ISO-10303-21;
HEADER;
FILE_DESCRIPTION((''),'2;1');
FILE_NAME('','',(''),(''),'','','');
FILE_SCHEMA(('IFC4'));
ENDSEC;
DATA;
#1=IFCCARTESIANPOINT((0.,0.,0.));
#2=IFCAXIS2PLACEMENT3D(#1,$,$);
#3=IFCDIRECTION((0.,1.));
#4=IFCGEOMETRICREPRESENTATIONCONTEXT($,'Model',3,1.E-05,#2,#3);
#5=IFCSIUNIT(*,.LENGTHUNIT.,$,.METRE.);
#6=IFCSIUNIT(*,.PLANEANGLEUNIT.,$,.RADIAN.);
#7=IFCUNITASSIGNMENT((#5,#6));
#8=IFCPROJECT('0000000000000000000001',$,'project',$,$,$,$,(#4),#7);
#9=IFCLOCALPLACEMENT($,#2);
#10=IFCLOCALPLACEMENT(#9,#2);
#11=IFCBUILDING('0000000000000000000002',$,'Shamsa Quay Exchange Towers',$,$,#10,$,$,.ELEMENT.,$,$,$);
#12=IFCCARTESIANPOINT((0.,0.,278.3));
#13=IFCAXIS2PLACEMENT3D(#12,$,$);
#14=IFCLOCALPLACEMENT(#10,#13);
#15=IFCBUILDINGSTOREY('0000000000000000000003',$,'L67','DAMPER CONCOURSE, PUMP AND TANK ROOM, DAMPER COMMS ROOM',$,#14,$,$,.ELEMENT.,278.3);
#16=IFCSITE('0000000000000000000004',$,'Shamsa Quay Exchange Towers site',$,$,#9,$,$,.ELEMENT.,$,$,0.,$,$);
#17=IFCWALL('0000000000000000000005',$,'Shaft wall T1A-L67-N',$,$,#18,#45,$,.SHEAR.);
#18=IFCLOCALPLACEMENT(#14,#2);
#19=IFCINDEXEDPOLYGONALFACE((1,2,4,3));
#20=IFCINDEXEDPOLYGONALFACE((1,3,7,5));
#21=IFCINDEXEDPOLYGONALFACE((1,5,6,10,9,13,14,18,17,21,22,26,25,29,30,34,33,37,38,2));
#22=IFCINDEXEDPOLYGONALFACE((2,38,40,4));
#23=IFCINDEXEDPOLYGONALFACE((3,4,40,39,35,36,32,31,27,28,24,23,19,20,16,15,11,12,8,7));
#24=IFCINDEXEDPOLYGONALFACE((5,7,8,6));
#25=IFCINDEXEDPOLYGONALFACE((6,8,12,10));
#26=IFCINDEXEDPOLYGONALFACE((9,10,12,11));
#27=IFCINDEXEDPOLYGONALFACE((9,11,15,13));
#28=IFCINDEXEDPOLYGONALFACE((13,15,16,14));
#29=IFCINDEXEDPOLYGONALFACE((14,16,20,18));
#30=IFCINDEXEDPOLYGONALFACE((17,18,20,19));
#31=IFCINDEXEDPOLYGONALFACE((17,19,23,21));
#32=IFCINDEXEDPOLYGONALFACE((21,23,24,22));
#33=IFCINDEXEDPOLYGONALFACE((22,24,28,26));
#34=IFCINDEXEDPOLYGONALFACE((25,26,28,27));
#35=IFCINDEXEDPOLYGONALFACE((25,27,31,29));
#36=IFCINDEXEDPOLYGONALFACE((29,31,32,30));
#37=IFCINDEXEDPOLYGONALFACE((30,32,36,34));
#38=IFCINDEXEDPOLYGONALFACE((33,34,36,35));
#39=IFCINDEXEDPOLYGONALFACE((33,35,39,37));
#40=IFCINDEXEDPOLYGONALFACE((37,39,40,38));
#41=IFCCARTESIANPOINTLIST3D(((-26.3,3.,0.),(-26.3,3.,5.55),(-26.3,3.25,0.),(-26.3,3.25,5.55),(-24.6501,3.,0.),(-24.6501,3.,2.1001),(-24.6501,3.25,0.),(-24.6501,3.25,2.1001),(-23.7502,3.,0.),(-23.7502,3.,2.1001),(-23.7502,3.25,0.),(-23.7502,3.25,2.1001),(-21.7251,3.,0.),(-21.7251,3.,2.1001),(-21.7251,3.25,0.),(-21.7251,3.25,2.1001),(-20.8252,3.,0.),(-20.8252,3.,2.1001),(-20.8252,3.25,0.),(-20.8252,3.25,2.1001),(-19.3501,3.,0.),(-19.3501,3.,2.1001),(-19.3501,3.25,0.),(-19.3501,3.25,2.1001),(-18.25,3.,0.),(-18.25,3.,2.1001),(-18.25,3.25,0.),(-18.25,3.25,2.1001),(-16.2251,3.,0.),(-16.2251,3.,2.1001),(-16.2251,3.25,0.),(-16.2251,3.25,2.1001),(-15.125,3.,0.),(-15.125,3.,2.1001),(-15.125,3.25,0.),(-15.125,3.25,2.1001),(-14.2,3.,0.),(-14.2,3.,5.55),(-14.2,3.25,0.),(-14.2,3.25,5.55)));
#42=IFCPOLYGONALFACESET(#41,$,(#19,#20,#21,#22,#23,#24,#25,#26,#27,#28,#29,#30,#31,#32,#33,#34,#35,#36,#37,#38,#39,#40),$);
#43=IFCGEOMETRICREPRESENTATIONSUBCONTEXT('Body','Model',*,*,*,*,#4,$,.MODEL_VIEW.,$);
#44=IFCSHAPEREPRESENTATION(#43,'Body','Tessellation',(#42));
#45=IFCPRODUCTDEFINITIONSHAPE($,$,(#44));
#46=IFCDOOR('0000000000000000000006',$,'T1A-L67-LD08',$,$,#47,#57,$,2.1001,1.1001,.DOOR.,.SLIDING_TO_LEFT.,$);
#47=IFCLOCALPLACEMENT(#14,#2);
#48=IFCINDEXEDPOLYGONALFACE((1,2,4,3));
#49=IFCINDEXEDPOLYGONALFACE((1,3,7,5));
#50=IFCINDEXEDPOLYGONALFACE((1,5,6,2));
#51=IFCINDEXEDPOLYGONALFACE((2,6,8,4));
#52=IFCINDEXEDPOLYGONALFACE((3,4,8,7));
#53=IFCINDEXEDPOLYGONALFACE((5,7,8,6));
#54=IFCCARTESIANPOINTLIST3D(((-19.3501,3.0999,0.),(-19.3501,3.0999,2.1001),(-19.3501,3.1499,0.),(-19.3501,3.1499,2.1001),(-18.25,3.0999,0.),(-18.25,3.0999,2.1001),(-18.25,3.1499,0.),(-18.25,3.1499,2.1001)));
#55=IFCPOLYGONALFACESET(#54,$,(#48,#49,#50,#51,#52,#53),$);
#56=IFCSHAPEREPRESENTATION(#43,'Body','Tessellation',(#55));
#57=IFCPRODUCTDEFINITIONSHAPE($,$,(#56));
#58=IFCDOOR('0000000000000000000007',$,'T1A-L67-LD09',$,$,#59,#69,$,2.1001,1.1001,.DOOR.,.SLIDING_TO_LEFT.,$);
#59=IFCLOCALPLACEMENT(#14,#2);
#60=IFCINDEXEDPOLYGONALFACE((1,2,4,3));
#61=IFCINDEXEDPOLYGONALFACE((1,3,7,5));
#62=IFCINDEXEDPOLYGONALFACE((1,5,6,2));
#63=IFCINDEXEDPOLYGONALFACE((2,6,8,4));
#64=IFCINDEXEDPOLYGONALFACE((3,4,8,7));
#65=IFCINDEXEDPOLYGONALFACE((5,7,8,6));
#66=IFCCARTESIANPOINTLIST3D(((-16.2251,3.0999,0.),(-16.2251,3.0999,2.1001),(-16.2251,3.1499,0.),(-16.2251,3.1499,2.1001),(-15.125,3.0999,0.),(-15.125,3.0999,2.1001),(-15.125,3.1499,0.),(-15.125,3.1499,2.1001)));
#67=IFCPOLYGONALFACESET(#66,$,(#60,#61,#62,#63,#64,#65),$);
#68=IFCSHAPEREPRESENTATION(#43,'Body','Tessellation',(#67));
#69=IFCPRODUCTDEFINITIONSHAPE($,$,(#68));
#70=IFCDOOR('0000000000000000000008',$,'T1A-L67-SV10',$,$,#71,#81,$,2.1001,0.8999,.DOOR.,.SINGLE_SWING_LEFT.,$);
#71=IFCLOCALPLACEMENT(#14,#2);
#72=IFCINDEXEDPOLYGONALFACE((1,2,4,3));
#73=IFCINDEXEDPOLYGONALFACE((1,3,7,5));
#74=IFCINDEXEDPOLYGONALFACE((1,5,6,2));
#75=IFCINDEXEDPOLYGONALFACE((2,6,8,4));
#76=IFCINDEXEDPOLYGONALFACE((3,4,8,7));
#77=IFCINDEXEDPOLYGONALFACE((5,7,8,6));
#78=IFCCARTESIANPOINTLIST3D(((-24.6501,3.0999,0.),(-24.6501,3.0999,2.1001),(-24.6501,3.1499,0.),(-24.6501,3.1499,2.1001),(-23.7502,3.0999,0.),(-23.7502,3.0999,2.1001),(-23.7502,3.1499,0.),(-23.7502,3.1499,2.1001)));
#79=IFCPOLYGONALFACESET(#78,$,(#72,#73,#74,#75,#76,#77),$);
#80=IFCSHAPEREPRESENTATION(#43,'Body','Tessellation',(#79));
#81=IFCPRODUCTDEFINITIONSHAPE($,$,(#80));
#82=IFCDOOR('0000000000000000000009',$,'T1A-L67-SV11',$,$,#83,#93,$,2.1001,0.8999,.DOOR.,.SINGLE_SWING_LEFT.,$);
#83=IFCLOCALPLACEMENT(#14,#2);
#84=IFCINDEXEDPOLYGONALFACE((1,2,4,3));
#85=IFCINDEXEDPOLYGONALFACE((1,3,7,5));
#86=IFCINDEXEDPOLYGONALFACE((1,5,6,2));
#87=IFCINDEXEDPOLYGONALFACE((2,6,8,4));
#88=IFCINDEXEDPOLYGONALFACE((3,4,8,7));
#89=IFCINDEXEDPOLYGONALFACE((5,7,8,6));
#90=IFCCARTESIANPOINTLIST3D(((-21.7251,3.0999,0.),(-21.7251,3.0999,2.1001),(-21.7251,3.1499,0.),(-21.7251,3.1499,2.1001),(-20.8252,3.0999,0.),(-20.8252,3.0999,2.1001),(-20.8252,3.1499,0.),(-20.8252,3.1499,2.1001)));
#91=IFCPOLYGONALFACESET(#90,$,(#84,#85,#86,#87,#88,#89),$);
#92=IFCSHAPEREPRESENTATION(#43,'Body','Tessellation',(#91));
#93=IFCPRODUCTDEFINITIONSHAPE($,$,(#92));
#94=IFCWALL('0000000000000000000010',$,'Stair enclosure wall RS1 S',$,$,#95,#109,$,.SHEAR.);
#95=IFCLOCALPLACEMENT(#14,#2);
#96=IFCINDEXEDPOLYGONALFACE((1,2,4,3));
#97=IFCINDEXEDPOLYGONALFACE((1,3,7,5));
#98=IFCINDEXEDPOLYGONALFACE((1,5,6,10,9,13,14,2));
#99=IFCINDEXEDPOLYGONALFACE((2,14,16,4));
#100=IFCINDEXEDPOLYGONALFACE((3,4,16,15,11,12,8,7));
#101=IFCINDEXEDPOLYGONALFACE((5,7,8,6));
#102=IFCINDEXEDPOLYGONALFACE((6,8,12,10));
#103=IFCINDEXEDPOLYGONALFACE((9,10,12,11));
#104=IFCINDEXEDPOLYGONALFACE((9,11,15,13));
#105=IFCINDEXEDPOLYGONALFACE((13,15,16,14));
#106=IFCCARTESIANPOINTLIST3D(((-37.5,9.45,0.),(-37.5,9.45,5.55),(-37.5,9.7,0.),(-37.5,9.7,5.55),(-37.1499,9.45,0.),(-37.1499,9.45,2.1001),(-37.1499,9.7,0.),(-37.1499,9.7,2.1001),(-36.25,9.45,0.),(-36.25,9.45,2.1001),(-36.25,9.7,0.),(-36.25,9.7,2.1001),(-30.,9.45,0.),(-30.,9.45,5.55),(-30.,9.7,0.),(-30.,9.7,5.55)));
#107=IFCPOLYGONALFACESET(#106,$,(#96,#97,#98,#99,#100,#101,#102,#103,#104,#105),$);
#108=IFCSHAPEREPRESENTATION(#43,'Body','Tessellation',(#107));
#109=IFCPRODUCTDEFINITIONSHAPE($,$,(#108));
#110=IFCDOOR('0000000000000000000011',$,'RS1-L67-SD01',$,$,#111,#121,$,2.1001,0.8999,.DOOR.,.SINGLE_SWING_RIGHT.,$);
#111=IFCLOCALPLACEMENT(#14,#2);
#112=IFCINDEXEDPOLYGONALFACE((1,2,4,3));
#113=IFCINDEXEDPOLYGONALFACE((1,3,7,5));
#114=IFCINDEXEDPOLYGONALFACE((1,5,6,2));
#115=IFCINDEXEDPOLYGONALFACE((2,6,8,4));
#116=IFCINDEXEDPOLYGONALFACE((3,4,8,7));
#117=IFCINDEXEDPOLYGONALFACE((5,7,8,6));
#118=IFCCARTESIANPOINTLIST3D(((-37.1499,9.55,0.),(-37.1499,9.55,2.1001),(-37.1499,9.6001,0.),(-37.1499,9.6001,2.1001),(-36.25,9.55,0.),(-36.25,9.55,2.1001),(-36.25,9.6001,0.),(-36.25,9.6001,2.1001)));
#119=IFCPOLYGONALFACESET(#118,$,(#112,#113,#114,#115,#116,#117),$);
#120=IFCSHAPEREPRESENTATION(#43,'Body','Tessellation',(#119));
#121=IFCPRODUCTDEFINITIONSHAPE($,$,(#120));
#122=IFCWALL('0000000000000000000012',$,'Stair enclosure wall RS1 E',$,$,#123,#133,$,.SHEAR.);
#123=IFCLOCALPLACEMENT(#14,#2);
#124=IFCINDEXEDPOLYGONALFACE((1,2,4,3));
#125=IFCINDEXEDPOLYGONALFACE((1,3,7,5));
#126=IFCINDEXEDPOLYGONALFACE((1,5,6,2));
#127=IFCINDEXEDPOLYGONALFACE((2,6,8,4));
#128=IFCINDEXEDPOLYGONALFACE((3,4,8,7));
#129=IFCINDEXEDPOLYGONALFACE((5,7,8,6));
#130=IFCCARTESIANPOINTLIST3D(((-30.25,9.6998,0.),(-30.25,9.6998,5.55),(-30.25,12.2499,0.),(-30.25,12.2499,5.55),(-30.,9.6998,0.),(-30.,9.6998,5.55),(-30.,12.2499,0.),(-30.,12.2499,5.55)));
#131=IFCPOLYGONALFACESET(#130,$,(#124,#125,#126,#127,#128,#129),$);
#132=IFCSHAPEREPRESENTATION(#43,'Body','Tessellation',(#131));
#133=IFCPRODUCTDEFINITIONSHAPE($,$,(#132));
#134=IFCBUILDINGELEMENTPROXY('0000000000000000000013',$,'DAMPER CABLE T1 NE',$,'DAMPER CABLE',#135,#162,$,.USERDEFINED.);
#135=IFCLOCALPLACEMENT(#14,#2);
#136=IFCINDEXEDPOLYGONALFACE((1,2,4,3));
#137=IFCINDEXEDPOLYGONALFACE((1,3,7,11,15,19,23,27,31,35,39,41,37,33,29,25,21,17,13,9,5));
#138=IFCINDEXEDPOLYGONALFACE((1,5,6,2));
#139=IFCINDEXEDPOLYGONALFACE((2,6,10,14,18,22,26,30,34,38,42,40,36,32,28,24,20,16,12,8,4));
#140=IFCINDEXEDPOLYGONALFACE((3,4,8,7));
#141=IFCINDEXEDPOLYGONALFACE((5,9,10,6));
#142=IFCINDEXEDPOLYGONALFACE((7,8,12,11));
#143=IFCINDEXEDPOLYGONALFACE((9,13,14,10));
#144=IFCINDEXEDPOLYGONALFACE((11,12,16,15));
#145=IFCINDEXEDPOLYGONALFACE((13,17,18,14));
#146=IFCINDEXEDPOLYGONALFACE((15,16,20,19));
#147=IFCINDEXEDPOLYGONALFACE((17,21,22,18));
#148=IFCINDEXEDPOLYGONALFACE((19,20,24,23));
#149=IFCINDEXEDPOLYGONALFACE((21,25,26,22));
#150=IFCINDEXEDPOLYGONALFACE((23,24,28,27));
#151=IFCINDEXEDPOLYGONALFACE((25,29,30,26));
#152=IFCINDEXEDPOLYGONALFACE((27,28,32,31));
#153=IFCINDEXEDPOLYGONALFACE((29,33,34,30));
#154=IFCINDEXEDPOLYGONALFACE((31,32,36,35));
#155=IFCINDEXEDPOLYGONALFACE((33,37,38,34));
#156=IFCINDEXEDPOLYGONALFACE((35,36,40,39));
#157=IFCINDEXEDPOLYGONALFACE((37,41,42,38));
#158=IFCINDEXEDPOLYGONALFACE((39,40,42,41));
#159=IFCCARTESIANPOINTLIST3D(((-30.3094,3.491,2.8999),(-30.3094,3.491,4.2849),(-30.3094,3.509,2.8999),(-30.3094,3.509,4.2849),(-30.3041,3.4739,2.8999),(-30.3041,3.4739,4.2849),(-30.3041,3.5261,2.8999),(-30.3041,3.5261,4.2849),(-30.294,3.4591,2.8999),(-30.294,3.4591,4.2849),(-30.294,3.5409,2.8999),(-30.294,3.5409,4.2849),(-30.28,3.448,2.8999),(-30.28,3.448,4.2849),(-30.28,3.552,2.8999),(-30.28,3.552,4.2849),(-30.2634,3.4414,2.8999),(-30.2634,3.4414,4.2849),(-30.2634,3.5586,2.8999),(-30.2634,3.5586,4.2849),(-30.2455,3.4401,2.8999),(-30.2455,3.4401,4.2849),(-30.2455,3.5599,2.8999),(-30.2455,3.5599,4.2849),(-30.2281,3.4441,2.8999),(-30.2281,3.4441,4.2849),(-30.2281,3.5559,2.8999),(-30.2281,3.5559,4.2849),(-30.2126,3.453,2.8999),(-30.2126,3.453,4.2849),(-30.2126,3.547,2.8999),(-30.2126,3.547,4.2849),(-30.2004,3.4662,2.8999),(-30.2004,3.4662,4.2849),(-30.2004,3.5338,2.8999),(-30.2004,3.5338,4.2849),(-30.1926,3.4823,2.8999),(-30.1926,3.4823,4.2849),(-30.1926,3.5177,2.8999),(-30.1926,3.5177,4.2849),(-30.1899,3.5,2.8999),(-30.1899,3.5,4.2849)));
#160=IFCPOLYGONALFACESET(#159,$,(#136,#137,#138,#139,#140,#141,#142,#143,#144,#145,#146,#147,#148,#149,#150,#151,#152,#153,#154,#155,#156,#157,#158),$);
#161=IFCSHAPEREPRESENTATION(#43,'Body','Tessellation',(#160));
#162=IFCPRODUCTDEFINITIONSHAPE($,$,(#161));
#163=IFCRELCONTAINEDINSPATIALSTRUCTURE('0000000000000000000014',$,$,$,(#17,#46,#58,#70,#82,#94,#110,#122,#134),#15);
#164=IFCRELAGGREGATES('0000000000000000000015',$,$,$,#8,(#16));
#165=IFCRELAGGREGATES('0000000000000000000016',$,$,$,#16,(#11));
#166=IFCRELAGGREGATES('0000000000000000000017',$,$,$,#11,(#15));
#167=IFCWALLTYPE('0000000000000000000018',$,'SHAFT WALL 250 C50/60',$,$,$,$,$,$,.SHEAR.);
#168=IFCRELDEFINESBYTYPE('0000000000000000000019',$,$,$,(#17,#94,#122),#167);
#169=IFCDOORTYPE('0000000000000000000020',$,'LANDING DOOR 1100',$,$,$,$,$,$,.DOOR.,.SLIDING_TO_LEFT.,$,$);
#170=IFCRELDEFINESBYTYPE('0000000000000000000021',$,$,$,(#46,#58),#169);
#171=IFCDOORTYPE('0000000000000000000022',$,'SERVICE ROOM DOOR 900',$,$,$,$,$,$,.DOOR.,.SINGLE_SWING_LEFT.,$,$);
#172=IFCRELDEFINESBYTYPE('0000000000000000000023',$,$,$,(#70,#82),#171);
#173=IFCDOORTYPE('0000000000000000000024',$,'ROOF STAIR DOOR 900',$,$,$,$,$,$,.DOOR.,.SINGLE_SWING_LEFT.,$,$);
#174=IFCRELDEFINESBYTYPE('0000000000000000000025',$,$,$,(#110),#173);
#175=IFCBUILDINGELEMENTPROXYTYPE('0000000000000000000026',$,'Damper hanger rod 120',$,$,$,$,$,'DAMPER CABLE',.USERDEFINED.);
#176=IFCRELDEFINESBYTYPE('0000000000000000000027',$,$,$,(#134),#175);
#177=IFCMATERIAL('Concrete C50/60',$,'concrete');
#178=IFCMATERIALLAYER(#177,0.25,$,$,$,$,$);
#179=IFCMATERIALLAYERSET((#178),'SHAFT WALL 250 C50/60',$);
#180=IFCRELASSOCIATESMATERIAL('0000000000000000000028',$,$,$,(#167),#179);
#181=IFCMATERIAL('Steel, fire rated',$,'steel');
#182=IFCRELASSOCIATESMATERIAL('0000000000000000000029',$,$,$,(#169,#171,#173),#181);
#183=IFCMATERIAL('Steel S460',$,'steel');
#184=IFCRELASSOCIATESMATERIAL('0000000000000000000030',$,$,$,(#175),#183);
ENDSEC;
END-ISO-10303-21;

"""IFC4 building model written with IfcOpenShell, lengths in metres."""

from ifc_helpers import new_model, si_unit, direction, frame, frame_2d, origin, origin_2d, place, context, subcontext, project, spatial, rectangle, circle, extrude, material, layer, layer_set, material_profile, profile_set, type_object, element, fill, save


model = new_model("IFC4")

# Units and contexts
model_context = context("Model", 3, precision=1e-05, world=origin(), true_north=direction((0.0, 1.0)))
body_context = subcontext(model_context, "Body", "Model", "MODEL_VIEW")
ifc_project = project(units=[si_unit("LENGTHUNIT", "METRE"), si_unit("PLANEANGLEUNIT", "RADIAN")], contexts=[model_context])

# Site, building, storey
site_placement = place(None, origin())
site = spatial("IfcSite", under=ifc_project, at=site_placement, Name="Shamsa Quay Exchange Towers site", CompositionType="ELEMENT", RefElevation=0.0)
building_placement = place(site_placement, origin())
building = spatial("IfcBuilding", under=site, at=building_placement, Name="Shamsa Quay Exchange Towers", CompositionType="ELEMENT")
storey_placement = place(building_placement, frame((0.0, 0.0, 278.3)))
storey = spatial("IfcBuildingStorey", under=building, at=storey_placement, Name="L67", Description="DAMPER CONCOURSE, PUMP AND TANK ROOM, DAMPER COMMS ROOM", CompositionType="ELEMENT", Elevation=278.3)

# Shared definitions
ifc_material_1 = material(Name="Steel, fire rated", Category="steel")

# Wall, openings, doors
ifc_material_2 = material(Name="Concrete C50/60", Category="concrete")
ifc_layer_1 = layer(ifc_material_2, 0.25)
ifc_layer_set_1 = layer_set([ifc_layer_1], Name="SHAFT WALL 250 C50/60")
wall_type_1 = type_object("IfcWallType", Name="SHAFT WALL 250 C50/60", PredefinedType="SHEAR", material=ifc_layer_set_1)
wall_1_placement = place(storey_placement, frame((-26.3, 3.125, 0.0)))
wall_1 = element("IfcWall", 1, at=wall_1_placement, inside=storey, type_object=wall_type_1, Name="Shaft wall T1A-L67-N", PredefinedType="SHEAR", context=body_context, shape_type="SweptSolid", body=[
    extrude(rectangle(XDim=12.1001, YDim=0.25, at=frame_2d((6.05, 0.0))), origin(), (0.0, 0.0, 1.0), 5.55),
])
opening_1_placement = place(wall_1_placement, frame((6.95, 0.0, 0.0)))
opening_1 = element("IfcOpeningElement", 2, at=opening_1_placement, cuts=wall_1, PredefinedType="OPENING", context=body_context, shape_type="SweptSolid", body=[
    extrude(rectangle(XDim=1.1001, YDim=2.1001, at=frame_2d((0.55, 1.05))), frame((0.0, 0.135, 0.0), z_axis=(0.0, -1.0, 0.0), x_axis=(1.0, 0.0, 0.0)), (0.0, 0.0, 1.0), 0.27),
])
opening_2_placement = place(wall_1_placement, frame((10.075, 0.0, 0.0)))
opening_2 = element("IfcOpeningElement", 3, at=opening_2_placement, cuts=wall_1, PredefinedType="OPENING", context=body_context, shape_type="SweptSolid", body=[
    extrude(rectangle(XDim=1.1001, YDim=2.1001, at=frame_2d((0.55, 1.05))), frame((0.0, 0.135, 0.0), z_axis=(0.0, -1.0, 0.0), x_axis=(1.0, 0.0, 0.0)), (0.0, 0.0, 1.0), 0.27),
])
opening_3_placement = place(wall_1_placement, frame((1.6499, 0.0, 0.0)))
opening_3 = element("IfcOpeningElement", 4, at=opening_3_placement, cuts=wall_1, PredefinedType="OPENING", context=body_context, shape_type="SweptSolid", body=[
    extrude(rectangle(XDim=0.8999, YDim=2.1001, at=frame_2d((0.45, 1.05))), frame((0.0, 0.135, 0.0), z_axis=(0.0, -1.0, 0.0), x_axis=(1.0, 0.0, 0.0)), (0.0, 0.0, 1.0), 0.27),
])
opening_4_placement = place(wall_1_placement, frame((4.575, 0.0, 0.0)))
opening_4 = element("IfcOpeningElement", 5, at=opening_4_placement, cuts=wall_1, PredefinedType="OPENING", context=body_context, shape_type="SweptSolid", body=[
    extrude(rectangle(XDim=0.8999, YDim=2.1001, at=frame_2d((0.45, 1.05))), frame((0.0, 0.135, 0.0), z_axis=(0.0, -1.0, 0.0), x_axis=(1.0, 0.0, 0.0)), (0.0, 0.0, 1.0), 0.27),
])
door_type_1 = type_object("IfcDoorType", Name="LANDING DOOR 1100", OperationType="SLIDING_TO_LEFT", PredefinedType="DOOR", material=ifc_material_1)
door_1_placement = place(opening_1_placement, origin())
door_1 = element("IfcDoor", 6, at=door_1_placement, inside=storey, type_object=door_type_1, Name="T1A-L67-LD08", OperationType="SLIDING_TO_LEFT", OverallHeight=2.1001, OverallWidth=1.1001, PredefinedType="DOOR", context=body_context, shape_type="SweptSolid", body=[
    extrude(rectangle(XDim=1.1001, YDim=2.1001, at=frame_2d((0.55, 1.05))), frame((0.0, 0.0249, 0.0), z_axis=(0.0, -1.0, 0.0), x_axis=(1.0, 0.0, 0.0)), (0.0, 0.0, 1.0), 0.05),
])
fill(opening_1, door_1)
door_2_placement = place(opening_2_placement, origin())
door_2 = element("IfcDoor", 7, at=door_2_placement, inside=storey, type_object=door_type_1, Name="T1A-L67-LD09", OperationType="SLIDING_TO_LEFT", OverallHeight=2.1001, OverallWidth=1.1001, PredefinedType="DOOR", context=body_context, shape_type="SweptSolid", body=[
    extrude(rectangle(XDim=1.1001, YDim=2.1001, at=frame_2d((0.55, 1.05))), frame((0.0, 0.0249, 0.0), z_axis=(0.0, -1.0, 0.0), x_axis=(1.0, 0.0, 0.0)), (0.0, 0.0, 1.0), 0.05),
])
fill(opening_2, door_2)
door_type_2 = type_object("IfcDoorType", Name="SERVICE ROOM DOOR 900", OperationType="SINGLE_SWING_LEFT", PredefinedType="DOOR", material=ifc_material_1)
door_3_placement = place(opening_3_placement, origin())
door_3 = element("IfcDoor", 8, at=door_3_placement, inside=storey, type_object=door_type_2, Name="T1A-L67-SV10", OperationType="SINGLE_SWING_LEFT", OverallHeight=2.1001, OverallWidth=0.8999, PredefinedType="DOOR", context=body_context, shape_type="SweptSolid", body=[
    extrude(rectangle(XDim=0.8999, YDim=2.1001, at=frame_2d((0.45, 1.05))), frame((0.0, 0.0249, 0.0), z_axis=(0.0, -1.0, 0.0), x_axis=(1.0, 0.0, 0.0)), (0.0, 0.0, 1.0), 0.05),
])
fill(opening_3, door_3)
door_4_placement = place(opening_4_placement, origin())
door_4 = element("IfcDoor", 9, at=door_4_placement, inside=storey, type_object=door_type_2, Name="T1A-L67-SV11", OperationType="SINGLE_SWING_LEFT", OverallHeight=2.1001, OverallWidth=0.8999, PredefinedType="DOOR", context=body_context, shape_type="SweptSolid", body=[
    extrude(rectangle(XDim=0.8999, YDim=2.1001, at=frame_2d((0.45, 1.05))), frame((0.0, 0.0249, 0.0), z_axis=(0.0, -1.0, 0.0), x_axis=(1.0, 0.0, 0.0)), (0.0, 0.0, 1.0), 0.05),
])
fill(opening_4, door_4)

# Wall, opening, door
wall_2_placement = place(storey_placement, frame((-30.0, 9.575, 0.0), z_axis=(0.0, 0.0, 1.0), x_axis=(-1.0, 0.0, 0.0)))
wall_2 = element("IfcWall", 10, at=wall_2_placement, inside=storey, type_object=wall_type_1, Name="Stair enclosure wall RS1 S", PredefinedType="SHEAR", context=body_context, shape_type="SweptSolid", body=[
    extrude(rectangle(XDim=7.5, YDim=0.25, at=frame_2d((3.75, 0.0))), origin(), (0.0, 0.0, 1.0), 5.55),
])
opening_5_placement = place(wall_2_placement, frame((6.25, 0.0, 0.0)))
opening_5 = element("IfcOpeningElement", 11, at=opening_5_placement, cuts=wall_2, PredefinedType="OPENING", context=body_context, shape_type="SweptSolid", body=[
    extrude(rectangle(XDim=0.8999, YDim=2.1001, at=frame_2d((0.45, 1.05))), frame((0.0, 0.135, 0.0), z_axis=(0.0, -1.0, 0.0), x_axis=(1.0, 0.0, 0.0)), (0.0, 0.0, 1.0), 0.27),
])
door_type_3 = type_object("IfcDoorType", Name="ROOF STAIR DOOR 900", OperationType="SINGLE_SWING_LEFT", PredefinedType="DOOR", material=ifc_material_1)
door_5_placement = place(opening_5_placement, origin())
door_5 = element("IfcDoor", 12, at=door_5_placement, inside=storey, type_object=door_type_3, Name="RS1-L67-SD01", OperationType="SINGLE_SWING_RIGHT", OverallHeight=2.1001, OverallWidth=0.8999, PredefinedType="DOOR", context=body_context, shape_type="SweptSolid", body=[
    extrude(rectangle(XDim=0.8999, YDim=2.1001, at=frame_2d((0.45, 1.05))), frame((0.0, 0.0249, 0.0), z_axis=(0.0, -1.0, 0.0), x_axis=(1.0, 0.0, 0.0)), (0.0, 0.0, 1.0), 0.05),
])
fill(opening_5, door_5)

# Wall
wall_3_placement = place(storey_placement, frame((-30.125, 9.7, 0.0), z_axis=(0.0, 0.0, 1.0), x_axis=(0.0, 1.0, 0.0)))
element("IfcWall", 13, at=wall_3_placement, inside=storey, type_object=wall_type_1, Name="Stair enclosure wall RS1 E", PredefinedType="SHEAR", context=body_context, shape_type="SweptSolid", body=[
    extrude(rectangle(XDim=2.55, YDim=0.25, at=frame_2d((1.2749, 0.0))), origin(), (0.0, 0.0, 1.0), 5.55),
])

# Building element proxy
ifc_material_3 = material(Name="Steel S460", Category="steel")
ifc_material_profile_1 = material_profile(ifc_material_3, circle(Radius=0.0601, at=origin_2d()), Name="R120")
ifc_profile_set_1 = profile_set([ifc_material_profile_1], Name="Steel S460")
building_element_proxy_type_1 = type_object("IfcBuildingElementProxyType", Name="Damper hanger rod 120", ElementType="DAMPER CABLE", PredefinedType="USERDEFINED", material=ifc_profile_set_1)
proxy_1_placement = place(storey_placement, frame((-30.25, 3.5, 2.8999)))
element("IfcBuildingElementProxy", 14, at=proxy_1_placement, inside=storey, type_object=building_element_proxy_type_1, Name="DAMPER CABLE T1 NE", ObjectType="DAMPER CABLE", PredefinedType="USERDEFINED", context=body_context, shape_type="SweptSolid", body=[
    extrude(circle(Radius=0.0601, at=origin_2d()), origin(), (0.0, 0.0, 1.0), 1.385),
])

save(model, "model.ifc")
